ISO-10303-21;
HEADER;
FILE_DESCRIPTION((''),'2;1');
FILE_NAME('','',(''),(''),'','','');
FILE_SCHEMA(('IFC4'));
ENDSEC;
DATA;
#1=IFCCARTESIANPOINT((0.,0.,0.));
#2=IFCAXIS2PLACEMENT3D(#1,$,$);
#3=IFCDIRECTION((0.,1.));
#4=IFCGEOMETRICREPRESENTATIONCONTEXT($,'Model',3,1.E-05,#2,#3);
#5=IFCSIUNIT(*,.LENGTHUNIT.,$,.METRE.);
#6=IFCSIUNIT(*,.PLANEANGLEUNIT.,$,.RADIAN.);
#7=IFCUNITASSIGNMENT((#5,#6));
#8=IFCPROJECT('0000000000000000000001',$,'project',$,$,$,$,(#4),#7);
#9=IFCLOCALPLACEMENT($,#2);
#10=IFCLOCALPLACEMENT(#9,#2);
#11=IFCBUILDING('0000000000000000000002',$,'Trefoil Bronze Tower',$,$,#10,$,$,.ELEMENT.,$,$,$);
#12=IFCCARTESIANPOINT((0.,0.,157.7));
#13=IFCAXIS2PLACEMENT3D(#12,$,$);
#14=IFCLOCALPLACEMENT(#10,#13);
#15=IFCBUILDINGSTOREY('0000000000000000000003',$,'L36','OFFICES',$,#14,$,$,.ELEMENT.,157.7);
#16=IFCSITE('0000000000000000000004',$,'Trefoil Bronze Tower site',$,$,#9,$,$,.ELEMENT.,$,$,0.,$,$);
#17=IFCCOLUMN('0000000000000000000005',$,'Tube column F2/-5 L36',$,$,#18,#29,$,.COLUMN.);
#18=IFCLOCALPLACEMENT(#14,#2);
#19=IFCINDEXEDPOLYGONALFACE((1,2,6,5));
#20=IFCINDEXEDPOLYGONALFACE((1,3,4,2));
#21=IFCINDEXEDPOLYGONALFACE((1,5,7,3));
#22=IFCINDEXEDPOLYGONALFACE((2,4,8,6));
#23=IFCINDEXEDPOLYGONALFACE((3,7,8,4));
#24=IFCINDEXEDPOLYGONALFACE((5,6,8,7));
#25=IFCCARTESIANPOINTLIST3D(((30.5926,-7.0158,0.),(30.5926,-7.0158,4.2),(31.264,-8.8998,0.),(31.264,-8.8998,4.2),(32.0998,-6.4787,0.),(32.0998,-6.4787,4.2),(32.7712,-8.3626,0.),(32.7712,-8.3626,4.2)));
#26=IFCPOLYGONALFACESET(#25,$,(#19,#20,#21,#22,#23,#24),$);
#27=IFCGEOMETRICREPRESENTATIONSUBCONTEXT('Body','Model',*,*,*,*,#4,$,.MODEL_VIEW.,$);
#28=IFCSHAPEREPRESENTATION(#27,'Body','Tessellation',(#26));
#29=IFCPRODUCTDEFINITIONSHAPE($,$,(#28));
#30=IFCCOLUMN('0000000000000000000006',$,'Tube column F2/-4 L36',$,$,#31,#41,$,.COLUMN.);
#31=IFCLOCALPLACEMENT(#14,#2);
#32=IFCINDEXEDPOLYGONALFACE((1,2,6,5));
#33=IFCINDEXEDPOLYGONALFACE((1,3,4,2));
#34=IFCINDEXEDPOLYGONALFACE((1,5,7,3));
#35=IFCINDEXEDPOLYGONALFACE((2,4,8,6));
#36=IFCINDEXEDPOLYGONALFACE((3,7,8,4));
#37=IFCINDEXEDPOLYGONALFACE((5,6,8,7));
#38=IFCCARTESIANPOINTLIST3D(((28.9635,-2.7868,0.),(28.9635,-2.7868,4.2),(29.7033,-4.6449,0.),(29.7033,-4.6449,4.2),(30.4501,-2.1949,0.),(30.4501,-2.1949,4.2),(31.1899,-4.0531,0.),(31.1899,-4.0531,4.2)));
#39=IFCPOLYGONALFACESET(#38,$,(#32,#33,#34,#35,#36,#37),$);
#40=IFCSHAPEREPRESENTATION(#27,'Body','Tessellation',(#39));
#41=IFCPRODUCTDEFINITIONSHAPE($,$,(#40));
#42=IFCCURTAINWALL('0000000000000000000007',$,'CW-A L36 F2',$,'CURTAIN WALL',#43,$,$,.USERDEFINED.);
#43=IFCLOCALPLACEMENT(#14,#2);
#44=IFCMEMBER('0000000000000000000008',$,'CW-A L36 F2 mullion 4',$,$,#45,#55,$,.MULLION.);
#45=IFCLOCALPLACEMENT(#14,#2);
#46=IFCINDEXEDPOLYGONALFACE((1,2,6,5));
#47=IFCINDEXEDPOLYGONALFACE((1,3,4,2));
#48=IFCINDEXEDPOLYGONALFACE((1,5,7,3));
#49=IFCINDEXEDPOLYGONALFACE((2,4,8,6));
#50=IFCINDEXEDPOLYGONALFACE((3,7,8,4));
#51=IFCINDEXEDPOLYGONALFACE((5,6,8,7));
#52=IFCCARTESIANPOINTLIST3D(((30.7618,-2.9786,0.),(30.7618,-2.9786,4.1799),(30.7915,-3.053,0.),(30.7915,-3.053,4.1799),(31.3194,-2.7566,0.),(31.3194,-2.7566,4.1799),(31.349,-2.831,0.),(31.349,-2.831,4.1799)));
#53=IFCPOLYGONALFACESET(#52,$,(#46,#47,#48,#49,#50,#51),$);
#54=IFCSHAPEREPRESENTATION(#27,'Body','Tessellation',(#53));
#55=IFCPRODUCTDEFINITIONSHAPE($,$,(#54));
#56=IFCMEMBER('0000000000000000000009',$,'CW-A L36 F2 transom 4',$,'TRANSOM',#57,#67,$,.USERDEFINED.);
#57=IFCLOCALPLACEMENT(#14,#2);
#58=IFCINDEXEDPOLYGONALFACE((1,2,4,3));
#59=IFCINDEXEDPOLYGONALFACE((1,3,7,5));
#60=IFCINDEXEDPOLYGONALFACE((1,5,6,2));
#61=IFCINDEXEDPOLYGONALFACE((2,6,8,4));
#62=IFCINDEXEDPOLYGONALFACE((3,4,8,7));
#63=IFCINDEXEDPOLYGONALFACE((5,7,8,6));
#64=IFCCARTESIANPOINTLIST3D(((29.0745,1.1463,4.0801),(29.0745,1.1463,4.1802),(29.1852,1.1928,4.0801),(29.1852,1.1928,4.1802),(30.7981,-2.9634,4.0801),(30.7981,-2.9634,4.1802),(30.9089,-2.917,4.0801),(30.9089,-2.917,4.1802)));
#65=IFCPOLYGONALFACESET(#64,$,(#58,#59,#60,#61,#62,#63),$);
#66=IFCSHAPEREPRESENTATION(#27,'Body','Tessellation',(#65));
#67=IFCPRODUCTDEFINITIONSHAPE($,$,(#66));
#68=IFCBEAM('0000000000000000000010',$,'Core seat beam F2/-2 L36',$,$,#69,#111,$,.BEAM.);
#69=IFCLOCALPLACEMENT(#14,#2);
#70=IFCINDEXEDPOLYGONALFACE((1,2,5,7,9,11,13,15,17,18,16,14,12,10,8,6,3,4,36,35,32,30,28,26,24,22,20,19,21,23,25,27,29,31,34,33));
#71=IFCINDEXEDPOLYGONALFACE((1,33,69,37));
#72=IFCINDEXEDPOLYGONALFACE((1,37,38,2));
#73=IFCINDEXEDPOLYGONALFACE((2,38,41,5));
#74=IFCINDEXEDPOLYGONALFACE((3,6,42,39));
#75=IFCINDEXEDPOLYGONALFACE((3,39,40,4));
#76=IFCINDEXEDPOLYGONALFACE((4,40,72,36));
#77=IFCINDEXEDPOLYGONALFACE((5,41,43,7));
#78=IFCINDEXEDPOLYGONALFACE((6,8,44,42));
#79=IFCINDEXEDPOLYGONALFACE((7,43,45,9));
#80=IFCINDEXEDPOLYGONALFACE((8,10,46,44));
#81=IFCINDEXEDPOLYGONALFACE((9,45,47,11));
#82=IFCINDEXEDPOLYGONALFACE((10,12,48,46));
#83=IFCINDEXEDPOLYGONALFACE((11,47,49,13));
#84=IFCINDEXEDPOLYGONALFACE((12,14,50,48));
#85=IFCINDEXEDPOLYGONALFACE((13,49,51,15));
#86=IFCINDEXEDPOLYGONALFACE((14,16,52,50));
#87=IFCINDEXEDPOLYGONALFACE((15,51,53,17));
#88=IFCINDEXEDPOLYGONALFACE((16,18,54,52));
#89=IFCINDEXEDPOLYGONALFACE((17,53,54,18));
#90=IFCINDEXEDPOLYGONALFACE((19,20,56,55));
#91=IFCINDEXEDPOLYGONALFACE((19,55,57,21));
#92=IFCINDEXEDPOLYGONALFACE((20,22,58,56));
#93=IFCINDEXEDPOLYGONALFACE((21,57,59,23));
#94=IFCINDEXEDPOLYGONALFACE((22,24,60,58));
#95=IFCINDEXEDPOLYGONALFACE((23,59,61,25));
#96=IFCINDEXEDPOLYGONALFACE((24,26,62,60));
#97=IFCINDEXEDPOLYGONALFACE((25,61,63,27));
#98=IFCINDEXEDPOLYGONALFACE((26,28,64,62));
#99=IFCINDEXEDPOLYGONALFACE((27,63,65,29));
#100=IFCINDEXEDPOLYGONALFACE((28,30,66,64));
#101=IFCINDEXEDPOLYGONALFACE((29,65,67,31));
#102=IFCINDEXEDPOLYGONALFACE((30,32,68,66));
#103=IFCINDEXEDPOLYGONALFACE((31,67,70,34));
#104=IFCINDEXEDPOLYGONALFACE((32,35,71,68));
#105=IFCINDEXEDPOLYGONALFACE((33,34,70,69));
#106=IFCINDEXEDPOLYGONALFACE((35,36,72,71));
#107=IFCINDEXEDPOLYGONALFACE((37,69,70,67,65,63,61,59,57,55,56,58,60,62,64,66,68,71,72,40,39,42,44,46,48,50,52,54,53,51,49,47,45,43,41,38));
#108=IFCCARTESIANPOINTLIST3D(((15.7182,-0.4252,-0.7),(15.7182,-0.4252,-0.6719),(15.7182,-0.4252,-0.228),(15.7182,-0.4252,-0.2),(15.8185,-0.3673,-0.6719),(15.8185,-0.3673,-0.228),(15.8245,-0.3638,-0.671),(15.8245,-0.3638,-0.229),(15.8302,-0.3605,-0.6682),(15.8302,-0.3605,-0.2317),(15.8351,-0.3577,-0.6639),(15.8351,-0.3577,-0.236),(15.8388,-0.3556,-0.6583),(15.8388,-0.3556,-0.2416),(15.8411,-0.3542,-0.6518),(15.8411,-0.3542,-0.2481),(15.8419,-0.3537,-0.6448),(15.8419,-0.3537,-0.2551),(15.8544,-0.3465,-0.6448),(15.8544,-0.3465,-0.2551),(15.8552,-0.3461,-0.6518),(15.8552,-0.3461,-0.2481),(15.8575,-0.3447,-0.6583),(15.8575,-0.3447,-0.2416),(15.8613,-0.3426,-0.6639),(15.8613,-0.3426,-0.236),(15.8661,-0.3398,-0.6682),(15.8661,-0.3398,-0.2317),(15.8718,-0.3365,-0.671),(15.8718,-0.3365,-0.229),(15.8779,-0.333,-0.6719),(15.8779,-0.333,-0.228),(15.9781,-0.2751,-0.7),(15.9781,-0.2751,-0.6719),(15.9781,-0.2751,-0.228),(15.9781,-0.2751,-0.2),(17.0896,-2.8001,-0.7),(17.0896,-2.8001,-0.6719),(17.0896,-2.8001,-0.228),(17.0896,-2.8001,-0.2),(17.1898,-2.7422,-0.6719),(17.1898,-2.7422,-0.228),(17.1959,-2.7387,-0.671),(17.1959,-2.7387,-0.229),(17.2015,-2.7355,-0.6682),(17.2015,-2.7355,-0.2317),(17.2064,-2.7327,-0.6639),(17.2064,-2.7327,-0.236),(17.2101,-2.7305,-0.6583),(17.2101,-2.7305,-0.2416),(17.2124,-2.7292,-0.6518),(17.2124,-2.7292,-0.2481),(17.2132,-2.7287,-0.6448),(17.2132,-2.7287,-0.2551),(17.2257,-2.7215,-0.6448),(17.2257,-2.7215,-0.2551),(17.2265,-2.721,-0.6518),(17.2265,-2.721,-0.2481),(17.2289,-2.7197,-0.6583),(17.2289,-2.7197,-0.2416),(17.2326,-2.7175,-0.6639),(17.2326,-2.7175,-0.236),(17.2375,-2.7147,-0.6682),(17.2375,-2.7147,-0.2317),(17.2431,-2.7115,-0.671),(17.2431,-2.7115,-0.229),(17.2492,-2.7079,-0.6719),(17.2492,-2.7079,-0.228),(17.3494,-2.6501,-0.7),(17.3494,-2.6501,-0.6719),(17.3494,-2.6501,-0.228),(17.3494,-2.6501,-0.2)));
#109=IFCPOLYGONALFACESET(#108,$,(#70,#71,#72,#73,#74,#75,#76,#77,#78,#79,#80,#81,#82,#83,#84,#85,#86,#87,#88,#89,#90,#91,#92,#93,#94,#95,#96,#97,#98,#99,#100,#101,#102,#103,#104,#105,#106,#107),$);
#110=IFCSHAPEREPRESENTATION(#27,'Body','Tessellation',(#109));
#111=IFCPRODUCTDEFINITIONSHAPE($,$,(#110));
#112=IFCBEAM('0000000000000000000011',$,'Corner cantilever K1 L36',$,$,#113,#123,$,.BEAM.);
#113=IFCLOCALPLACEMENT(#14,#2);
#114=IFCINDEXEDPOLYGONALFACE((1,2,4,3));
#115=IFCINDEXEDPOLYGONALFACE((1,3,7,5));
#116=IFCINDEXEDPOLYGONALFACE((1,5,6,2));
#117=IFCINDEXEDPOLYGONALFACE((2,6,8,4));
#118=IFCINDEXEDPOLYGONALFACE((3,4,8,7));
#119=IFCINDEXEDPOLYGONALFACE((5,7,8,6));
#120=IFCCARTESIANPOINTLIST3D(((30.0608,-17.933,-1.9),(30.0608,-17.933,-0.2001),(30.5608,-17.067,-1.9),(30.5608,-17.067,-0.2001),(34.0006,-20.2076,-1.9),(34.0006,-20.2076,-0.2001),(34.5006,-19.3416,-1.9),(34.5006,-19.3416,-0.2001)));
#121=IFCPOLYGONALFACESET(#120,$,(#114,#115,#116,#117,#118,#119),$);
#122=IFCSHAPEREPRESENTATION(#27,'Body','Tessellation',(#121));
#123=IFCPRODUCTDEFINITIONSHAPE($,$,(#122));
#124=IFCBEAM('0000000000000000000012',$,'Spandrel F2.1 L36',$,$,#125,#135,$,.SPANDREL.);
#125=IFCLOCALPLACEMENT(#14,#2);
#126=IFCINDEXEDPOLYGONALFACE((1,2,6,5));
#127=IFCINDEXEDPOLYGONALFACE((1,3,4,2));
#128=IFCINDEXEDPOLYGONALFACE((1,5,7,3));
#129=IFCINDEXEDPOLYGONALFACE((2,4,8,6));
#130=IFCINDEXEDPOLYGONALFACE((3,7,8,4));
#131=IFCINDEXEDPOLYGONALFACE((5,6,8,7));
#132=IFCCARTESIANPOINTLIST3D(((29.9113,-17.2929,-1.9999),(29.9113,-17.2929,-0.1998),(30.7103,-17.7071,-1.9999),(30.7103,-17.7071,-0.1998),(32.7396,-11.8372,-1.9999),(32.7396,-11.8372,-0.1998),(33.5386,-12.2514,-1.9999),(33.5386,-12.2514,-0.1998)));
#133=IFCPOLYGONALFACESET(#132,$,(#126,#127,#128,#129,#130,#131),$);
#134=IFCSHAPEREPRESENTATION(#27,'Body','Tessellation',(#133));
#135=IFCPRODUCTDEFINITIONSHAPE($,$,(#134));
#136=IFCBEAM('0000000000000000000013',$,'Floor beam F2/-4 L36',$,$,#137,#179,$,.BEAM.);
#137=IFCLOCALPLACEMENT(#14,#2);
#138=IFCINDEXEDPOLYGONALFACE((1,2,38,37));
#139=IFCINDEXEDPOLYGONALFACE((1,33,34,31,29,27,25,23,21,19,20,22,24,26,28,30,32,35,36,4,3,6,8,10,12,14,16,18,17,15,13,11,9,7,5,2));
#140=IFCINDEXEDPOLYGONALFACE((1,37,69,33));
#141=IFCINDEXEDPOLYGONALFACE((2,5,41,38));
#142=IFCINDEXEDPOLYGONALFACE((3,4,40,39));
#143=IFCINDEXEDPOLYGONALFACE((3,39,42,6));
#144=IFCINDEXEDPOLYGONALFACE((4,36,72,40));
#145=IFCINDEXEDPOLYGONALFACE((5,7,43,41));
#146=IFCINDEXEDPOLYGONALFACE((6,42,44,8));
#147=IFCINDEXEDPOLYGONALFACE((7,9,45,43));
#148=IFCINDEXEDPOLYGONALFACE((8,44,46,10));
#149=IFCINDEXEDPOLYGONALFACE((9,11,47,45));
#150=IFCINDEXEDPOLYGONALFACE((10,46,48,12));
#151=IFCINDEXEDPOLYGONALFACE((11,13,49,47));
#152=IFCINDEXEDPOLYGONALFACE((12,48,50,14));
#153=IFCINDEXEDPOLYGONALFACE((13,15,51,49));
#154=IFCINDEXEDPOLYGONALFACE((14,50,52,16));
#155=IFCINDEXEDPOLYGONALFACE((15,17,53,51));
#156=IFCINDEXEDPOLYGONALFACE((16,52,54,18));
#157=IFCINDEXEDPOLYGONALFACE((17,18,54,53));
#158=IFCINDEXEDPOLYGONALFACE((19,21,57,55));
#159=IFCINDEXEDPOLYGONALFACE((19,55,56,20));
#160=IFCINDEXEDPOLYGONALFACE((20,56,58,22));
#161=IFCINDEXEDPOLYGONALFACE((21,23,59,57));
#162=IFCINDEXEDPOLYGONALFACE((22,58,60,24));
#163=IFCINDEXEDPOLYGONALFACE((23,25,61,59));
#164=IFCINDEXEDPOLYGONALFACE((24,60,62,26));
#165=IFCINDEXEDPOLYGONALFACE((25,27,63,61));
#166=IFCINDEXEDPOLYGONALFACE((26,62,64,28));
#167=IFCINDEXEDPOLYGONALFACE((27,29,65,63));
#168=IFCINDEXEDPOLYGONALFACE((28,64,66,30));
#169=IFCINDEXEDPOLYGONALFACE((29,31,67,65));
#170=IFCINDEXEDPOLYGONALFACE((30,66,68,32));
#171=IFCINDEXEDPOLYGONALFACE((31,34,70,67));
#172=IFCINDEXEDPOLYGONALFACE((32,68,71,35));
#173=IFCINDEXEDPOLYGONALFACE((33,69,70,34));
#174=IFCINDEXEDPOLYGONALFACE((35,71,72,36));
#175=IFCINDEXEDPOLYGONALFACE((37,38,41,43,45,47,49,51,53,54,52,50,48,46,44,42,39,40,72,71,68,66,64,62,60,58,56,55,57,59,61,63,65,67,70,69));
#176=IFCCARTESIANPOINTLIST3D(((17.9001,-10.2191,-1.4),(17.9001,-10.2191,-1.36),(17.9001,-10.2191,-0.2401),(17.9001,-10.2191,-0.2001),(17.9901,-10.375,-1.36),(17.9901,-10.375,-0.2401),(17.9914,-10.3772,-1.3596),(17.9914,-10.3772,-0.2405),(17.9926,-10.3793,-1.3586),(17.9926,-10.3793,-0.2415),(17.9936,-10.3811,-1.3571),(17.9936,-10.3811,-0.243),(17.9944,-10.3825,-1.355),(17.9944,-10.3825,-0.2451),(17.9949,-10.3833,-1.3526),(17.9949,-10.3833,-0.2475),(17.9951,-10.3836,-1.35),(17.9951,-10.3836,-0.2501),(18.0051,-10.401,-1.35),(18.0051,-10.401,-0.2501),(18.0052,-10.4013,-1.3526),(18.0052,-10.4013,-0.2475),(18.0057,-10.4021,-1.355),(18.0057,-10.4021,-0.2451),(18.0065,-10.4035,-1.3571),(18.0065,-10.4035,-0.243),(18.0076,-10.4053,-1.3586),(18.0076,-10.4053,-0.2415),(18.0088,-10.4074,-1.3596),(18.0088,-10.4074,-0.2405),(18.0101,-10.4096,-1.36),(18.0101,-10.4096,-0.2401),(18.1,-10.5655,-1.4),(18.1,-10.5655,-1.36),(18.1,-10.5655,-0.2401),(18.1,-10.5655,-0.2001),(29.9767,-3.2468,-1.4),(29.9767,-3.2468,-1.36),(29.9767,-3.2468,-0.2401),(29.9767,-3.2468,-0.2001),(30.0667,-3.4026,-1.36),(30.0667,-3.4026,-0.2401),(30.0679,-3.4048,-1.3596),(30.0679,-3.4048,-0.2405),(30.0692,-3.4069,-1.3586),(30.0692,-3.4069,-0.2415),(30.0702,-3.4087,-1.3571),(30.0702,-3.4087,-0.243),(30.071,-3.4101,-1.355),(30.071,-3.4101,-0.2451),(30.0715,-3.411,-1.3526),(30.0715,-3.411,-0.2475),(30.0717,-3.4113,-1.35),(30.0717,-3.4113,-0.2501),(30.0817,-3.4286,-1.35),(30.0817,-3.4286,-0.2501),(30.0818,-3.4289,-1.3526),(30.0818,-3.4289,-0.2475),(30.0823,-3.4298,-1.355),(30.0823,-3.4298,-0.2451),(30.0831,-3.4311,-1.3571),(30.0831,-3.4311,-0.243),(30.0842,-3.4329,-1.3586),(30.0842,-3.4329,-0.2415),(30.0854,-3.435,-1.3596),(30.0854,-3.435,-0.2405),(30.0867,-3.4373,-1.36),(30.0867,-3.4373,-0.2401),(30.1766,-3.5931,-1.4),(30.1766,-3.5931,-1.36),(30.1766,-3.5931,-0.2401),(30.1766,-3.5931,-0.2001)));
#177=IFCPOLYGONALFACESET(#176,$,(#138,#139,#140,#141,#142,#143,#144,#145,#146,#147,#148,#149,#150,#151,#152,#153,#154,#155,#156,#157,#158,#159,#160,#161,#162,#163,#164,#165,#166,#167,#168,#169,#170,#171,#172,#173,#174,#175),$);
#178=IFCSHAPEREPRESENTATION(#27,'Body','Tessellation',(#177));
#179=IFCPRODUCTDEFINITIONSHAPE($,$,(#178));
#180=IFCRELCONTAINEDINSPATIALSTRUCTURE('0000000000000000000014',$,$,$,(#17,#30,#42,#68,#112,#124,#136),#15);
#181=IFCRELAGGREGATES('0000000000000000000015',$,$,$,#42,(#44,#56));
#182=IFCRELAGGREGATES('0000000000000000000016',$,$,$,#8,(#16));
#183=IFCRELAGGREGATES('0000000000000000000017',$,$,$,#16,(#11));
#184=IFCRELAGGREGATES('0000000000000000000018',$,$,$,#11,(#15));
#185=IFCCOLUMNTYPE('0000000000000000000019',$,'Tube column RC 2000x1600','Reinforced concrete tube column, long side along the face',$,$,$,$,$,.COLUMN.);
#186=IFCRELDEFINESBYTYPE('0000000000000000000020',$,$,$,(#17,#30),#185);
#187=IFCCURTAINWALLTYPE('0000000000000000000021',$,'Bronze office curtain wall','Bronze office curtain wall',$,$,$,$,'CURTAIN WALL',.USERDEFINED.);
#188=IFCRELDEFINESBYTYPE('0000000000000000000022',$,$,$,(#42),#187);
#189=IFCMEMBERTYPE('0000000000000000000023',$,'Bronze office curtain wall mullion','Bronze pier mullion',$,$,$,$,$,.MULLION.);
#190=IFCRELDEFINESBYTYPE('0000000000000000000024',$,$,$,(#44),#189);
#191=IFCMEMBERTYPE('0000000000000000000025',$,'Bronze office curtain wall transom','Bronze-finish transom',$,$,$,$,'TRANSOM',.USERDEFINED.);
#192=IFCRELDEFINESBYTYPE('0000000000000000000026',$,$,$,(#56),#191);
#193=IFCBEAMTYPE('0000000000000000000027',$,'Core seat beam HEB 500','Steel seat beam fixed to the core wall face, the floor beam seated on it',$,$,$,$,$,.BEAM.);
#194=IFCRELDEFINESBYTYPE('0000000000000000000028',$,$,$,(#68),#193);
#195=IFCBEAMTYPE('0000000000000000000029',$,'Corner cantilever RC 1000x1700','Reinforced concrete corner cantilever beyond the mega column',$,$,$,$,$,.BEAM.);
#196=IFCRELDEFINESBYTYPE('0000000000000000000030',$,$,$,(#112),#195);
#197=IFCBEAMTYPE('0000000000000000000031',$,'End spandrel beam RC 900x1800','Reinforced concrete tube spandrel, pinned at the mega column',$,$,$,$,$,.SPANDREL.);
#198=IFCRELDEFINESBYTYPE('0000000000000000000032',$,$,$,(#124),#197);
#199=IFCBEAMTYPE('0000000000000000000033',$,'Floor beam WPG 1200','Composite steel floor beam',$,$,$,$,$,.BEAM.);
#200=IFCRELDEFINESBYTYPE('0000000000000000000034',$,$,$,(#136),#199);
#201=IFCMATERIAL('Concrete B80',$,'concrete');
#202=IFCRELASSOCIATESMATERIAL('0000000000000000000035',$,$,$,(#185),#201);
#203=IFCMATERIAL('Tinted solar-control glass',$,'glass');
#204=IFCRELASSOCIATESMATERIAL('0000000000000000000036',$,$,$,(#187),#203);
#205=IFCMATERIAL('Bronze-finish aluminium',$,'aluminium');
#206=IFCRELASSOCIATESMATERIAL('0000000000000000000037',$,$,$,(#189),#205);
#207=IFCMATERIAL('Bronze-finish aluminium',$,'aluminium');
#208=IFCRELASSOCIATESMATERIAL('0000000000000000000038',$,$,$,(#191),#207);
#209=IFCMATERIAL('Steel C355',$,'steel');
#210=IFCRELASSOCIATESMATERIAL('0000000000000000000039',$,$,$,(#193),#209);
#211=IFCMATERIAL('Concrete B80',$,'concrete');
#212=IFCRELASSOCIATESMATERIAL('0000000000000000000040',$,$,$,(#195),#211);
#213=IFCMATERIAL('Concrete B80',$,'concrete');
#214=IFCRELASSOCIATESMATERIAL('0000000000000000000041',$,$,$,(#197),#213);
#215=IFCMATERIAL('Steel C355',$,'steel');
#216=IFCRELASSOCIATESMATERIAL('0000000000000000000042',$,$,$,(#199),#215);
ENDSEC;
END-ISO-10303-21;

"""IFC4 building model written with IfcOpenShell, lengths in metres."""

from ifc_helpers import new_model, si_unit, direction, frame, origin, origin_2d, place, context, subcontext, project, spatial, rectangle, i_section, extrude, material, material_profile, profile_set, type_object, element, aggregate, save


model = new_model("IFC4")

# Units and contexts
model_context = context("Model", 3, precision=1e-05, world=origin(), true_north=direction((0.0, 1.0)))
body_context = subcontext(model_context, "Body", "Model", "MODEL_VIEW")
ifc_project = project(units=[si_unit("LENGTHUNIT", "METRE"), si_unit("PLANEANGLEUNIT", "RADIAN")], contexts=[model_context])

# Site, building, storey
site_placement = place(None, origin())
site = spatial("IfcSite", under=ifc_project, at=site_placement, Name="Trefoil Bronze Tower site", CompositionType="ELEMENT", RefElevation=0.0)
building_placement = place(site_placement, origin())
building = spatial("IfcBuilding", under=site, at=building_placement, Name="Trefoil Bronze Tower", CompositionType="ELEMENT")
storey_placement = place(building_placement, frame((0.0, 0.0, 157.7)))
storey = spatial("IfcBuildingStorey", under=building, at=storey_placement, Name="L36", Description="OFFICES", CompositionType="ELEMENT", Elevation=157.7)

# Columns
ifc_material_1 = material(Name="Concrete B80", Category="concrete")
ifc_material_profile_1 = material_profile(ifc_material_1, rectangle(XDim=2.0, YDim=1.6001, at=origin_2d()), Name="RC 2000x1600")
ifc_profile_set_1 = profile_set([ifc_material_profile_1], Name="Concrete B80")
column_type = type_object("IfcColumnType", Name="Tube column RC 2000x1600", Description="Reinforced concrete tube column, long side along the face", PredefinedType="COLUMN", material=ifc_profile_set_1)
for number, where, z_axis, x_axis, name in (
    (1, (31.6819, -7.6892, 0.0), (0.0, 0.0, 1.0), (-0.335718, 0.941963, 0.0), "Tube column F2/-5 L36"),
    (2, (30.0767, -3.4199, 0.0), (0.0, 0.0, 1.0), (-0.369901, 0.929071, 0.0), "Tube column F2/-4 L36"),
):
    element("IfcColumn", number, at=place(storey_placement, frame(where, z_axis=z_axis, x_axis=x_axis)), inside=storey, type_object=column_type, Name=name, PredefinedType="COLUMN", context=body_context, shape_type="SweptSolid", body=[
        extrude(rectangle(XDim=2.0, YDim=1.6001, at=origin_2d()), origin(), (0.0, 0.0, 1.0), 4.2),
    ])

# Curtain wall, members
ifc_material_2 = material(Name="Tinted solar-control glass", Category="glass")
curtain_wall_type = type_object("IfcCurtainWallType", Name="Bronze office curtain wall", Description="Bronze office curtain wall", ElementType="CURTAIN WALL", PredefinedType="USERDEFINED", material=ifc_material_2)
curtain_wall_placement = place(storey_placement, origin())
curtain_wall = element("IfcCurtainWall", 3, at=curtain_wall_placement, inside=storey, type_object=curtain_wall_type, Name="CW-A L36 F2", ObjectType="CURTAIN WALL", PredefinedType="USERDEFINED")
ifc_material_3 = material(Name="Bronze-finish aluminium", Category="aluminium")
ifc_material_profile_2 = material_profile(ifc_material_3, rectangle(XDim=0.6001, YDim=0.0801, at=origin_2d()), Name="CW-A mullion")
ifc_profile_set_2 = profile_set([ifc_material_profile_2], Name="Bronze-finish aluminium")
member_type_1 = type_object("IfcMemberType", Name="Bronze office curtain wall mullion", Description="Bronze pier mullion", PredefinedType="MULLION", material=ifc_profile_set_2)
member_1_placement = place(storey_placement, frame((31.0554, -2.9048, 0.0), z_axis=(0.0, 0.0, 1.0), x_axis=(-0.929071, -0.369901, 0.0)))
member_1 = element("IfcMember", 4, at=member_1_placement, type_object=member_type_1, Name="CW-A L36 F2 mullion 4", PredefinedType="MULLION", context=body_context, shape_type="SweptSolid", body=[
    extrude(rectangle(XDim=0.6001, YDim=0.0801, at=origin_2d()), origin(), (0.0, 0.0, 1.0), 4.1799),
])
ifc_material_4 = material(Name="Bronze-finish aluminium", Category="aluminium")
ifc_material_profile_3 = material_profile(ifc_material_4, rectangle(XDim=0.1201, YDim=0.1001, at=origin_2d()), Name="CW-A transom")
ifc_profile_set_3 = profile_set([ifc_material_profile_3], Name="Bronze-finish aluminium")
member_type_2 = type_object("IfcMemberType", Name="Bronze office curtain wall transom", Description="Bronze-finish transom", ElementType="TRANSOM", PredefinedType="USERDEFINED", material=ifc_profile_set_3)
member_2_placement = place(storey_placement, frame((30.8535, -2.9402, 4.1301), z_axis=(-0.386773, 0.922175, 0.0), x_axis=(-0.922175, -0.386773, 0.0)))
member_2 = element("IfcMember", 5, at=member_2_placement, type_object=member_type_2, Name="CW-A L36 F2 transom 4", ObjectType="TRANSOM", PredefinedType="USERDEFINED", context=body_context, shape_type="SweptSolid", body=[
    extrude(rectangle(XDim=0.1201, YDim=0.1001, at=origin_2d()), origin(), (0.0, 0.0, 1.0), 4.4565),
])

# Beams
ifc_material_5 = material(Name="Steel C355", Category="steel")
ifc_material_profile_4 = material_profile(ifc_material_5, i_section(OverallWidth=0.3, OverallDepth=0.5, WebThickness=0.0144, FlangeThickness=0.0281, FilletRadius=0.0271, at=origin_2d()), Name="HEB 500")
ifc_profile_set_4 = profile_set([ifc_material_profile_4], Name="Steel C355")
beam_type_1 = type_object("IfcBeamType", Name="Core seat beam HEB 500", Description="Steel seat beam fixed to the core wall face, the floor beam seated on it", PredefinedType="BEAM", material=ifc_profile_set_4)
beam_1_placement = place(storey_placement, frame((17.2195, -2.7251, -0.45), z_axis=(-0.500036, 0.866005, 0.0), x_axis=(-0.866005, -0.500036, 0.0)))
element("IfcBeam", 6, at=beam_1_placement, inside=storey, type_object=beam_type_1, Name="Core seat beam F2/-2 L36", PredefinedType="BEAM", context=body_context, shape_type="SweptSolid", body=[
    extrude(i_section(OverallWidth=0.3, OverallDepth=0.5, WebThickness=0.0144, FlangeThickness=0.0281, FilletRadius=0.0271, at=origin_2d()), origin(), (0.0, 0.0, 1.0), 2.7424),
])
ifc_material_6 = material(Name="Concrete B80", Category="concrete")
ifc_material_profile_5 = material_profile(ifc_material_6, rectangle(XDim=1.0, YDim=1.7, at=origin_2d()), Name="RC 1000x1700")
ifc_profile_set_5 = profile_set([ifc_material_profile_5], Name="Concrete B80")
beam_type_2 = type_object("IfcBeamType", Name="Corner cantilever RC 1000x1700", Description="Reinforced concrete corner cantilever beyond the mega column", PredefinedType="BEAM", material=ifc_profile_set_5)
beam_2_placement = place(storey_placement, frame((30.3108, -17.5, -1.05), z_axis=(0.866032, -0.499989, 0.0), x_axis=(0.499989, 0.866032, 0.0)))
element("IfcBeam", 7, at=beam_2_placement, inside=storey, type_object=beam_type_2, Name="Corner cantilever K1 L36", PredefinedType="BEAM", context=body_context, shape_type="SweptSolid", body=[
    extrude(rectangle(XDim=1.0, YDim=1.7, at=origin_2d()), origin(), (0.0, 0.0, 1.0), 4.5493),
])
ifc_material_7 = material(Name="Concrete B80", Category="concrete")
ifc_material_profile_6 = material_profile(ifc_material_7, rectangle(XDim=0.8999, YDim=1.8, at=origin_2d()), Name="RC 900x1800")
ifc_profile_set_6 = profile_set([ifc_material_profile_6], Name="Concrete B80")
beam_type_3 = type_object("IfcBeamType", Name="End spandrel beam RC 900x1800", Description="Reinforced concrete tube spandrel, pinned at the mega column", PredefinedType="SPANDREL", material=ifc_profile_set_6)
beam_3_placement = place(storey_placement, frame((30.3108, -17.5, -1.0999), z_axis=(0.460244, 0.887792, 0.0), x_axis=(-0.887792, 0.460244, 0.0)))
element("IfcBeam", 8, at=beam_3_placement, inside=storey, type_object=beam_type_3, Name="Spandrel F2.1 L36", PredefinedType="SPANDREL", context=body_context, shape_type="SweptSolid", body=[
    extrude(rectangle(XDim=0.8999, YDim=1.8, at=origin_2d()), origin(), (0.0, 0.0, 1.0), 6.1453),
])
ifc_material_8 = material(Name="Steel C355", Category="steel")
ifc_material_profile_7 = material_profile(ifc_material_8, i_section(OverallWidth=0.3999, OverallDepth=1.2, WebThickness=0.02, FlangeThickness=0.04, FilletRadius=0.01, at=origin_2d()), Name="WPG 1200")
ifc_profile_set_7 = profile_set([ifc_material_profile_7], Name="Steel C355")
beam_type_4 = type_object("IfcBeamType", Name="Floor beam WPG 1200", Description="Composite steel floor beam", PredefinedType="BEAM", material=ifc_profile_set_7)
beam_4_placement = place(storey_placement, frame((30.0767, -3.4199, -0.8), z_axis=(-0.866027, -0.499997, 0.0), x_axis=(0.499997, -0.866027, 0.0)))
element("IfcBeam", 9, at=beam_4_placement, inside=storey, type_object=beam_type_4, Name="Floor beam F2/-4 L36", PredefinedType="BEAM", context=body_context, shape_type="SweptSolid", body=[
    extrude(i_section(OverallWidth=0.3999, OverallDepth=1.2, WebThickness=0.02, FlangeThickness=0.04, FilletRadius=0.01, at=origin_2d()), origin(), (0.0, 0.0, 1.0), 13.9448),
])

aggregate(curtain_wall, [member_1, member_2])

save(model, "model.ifc")
